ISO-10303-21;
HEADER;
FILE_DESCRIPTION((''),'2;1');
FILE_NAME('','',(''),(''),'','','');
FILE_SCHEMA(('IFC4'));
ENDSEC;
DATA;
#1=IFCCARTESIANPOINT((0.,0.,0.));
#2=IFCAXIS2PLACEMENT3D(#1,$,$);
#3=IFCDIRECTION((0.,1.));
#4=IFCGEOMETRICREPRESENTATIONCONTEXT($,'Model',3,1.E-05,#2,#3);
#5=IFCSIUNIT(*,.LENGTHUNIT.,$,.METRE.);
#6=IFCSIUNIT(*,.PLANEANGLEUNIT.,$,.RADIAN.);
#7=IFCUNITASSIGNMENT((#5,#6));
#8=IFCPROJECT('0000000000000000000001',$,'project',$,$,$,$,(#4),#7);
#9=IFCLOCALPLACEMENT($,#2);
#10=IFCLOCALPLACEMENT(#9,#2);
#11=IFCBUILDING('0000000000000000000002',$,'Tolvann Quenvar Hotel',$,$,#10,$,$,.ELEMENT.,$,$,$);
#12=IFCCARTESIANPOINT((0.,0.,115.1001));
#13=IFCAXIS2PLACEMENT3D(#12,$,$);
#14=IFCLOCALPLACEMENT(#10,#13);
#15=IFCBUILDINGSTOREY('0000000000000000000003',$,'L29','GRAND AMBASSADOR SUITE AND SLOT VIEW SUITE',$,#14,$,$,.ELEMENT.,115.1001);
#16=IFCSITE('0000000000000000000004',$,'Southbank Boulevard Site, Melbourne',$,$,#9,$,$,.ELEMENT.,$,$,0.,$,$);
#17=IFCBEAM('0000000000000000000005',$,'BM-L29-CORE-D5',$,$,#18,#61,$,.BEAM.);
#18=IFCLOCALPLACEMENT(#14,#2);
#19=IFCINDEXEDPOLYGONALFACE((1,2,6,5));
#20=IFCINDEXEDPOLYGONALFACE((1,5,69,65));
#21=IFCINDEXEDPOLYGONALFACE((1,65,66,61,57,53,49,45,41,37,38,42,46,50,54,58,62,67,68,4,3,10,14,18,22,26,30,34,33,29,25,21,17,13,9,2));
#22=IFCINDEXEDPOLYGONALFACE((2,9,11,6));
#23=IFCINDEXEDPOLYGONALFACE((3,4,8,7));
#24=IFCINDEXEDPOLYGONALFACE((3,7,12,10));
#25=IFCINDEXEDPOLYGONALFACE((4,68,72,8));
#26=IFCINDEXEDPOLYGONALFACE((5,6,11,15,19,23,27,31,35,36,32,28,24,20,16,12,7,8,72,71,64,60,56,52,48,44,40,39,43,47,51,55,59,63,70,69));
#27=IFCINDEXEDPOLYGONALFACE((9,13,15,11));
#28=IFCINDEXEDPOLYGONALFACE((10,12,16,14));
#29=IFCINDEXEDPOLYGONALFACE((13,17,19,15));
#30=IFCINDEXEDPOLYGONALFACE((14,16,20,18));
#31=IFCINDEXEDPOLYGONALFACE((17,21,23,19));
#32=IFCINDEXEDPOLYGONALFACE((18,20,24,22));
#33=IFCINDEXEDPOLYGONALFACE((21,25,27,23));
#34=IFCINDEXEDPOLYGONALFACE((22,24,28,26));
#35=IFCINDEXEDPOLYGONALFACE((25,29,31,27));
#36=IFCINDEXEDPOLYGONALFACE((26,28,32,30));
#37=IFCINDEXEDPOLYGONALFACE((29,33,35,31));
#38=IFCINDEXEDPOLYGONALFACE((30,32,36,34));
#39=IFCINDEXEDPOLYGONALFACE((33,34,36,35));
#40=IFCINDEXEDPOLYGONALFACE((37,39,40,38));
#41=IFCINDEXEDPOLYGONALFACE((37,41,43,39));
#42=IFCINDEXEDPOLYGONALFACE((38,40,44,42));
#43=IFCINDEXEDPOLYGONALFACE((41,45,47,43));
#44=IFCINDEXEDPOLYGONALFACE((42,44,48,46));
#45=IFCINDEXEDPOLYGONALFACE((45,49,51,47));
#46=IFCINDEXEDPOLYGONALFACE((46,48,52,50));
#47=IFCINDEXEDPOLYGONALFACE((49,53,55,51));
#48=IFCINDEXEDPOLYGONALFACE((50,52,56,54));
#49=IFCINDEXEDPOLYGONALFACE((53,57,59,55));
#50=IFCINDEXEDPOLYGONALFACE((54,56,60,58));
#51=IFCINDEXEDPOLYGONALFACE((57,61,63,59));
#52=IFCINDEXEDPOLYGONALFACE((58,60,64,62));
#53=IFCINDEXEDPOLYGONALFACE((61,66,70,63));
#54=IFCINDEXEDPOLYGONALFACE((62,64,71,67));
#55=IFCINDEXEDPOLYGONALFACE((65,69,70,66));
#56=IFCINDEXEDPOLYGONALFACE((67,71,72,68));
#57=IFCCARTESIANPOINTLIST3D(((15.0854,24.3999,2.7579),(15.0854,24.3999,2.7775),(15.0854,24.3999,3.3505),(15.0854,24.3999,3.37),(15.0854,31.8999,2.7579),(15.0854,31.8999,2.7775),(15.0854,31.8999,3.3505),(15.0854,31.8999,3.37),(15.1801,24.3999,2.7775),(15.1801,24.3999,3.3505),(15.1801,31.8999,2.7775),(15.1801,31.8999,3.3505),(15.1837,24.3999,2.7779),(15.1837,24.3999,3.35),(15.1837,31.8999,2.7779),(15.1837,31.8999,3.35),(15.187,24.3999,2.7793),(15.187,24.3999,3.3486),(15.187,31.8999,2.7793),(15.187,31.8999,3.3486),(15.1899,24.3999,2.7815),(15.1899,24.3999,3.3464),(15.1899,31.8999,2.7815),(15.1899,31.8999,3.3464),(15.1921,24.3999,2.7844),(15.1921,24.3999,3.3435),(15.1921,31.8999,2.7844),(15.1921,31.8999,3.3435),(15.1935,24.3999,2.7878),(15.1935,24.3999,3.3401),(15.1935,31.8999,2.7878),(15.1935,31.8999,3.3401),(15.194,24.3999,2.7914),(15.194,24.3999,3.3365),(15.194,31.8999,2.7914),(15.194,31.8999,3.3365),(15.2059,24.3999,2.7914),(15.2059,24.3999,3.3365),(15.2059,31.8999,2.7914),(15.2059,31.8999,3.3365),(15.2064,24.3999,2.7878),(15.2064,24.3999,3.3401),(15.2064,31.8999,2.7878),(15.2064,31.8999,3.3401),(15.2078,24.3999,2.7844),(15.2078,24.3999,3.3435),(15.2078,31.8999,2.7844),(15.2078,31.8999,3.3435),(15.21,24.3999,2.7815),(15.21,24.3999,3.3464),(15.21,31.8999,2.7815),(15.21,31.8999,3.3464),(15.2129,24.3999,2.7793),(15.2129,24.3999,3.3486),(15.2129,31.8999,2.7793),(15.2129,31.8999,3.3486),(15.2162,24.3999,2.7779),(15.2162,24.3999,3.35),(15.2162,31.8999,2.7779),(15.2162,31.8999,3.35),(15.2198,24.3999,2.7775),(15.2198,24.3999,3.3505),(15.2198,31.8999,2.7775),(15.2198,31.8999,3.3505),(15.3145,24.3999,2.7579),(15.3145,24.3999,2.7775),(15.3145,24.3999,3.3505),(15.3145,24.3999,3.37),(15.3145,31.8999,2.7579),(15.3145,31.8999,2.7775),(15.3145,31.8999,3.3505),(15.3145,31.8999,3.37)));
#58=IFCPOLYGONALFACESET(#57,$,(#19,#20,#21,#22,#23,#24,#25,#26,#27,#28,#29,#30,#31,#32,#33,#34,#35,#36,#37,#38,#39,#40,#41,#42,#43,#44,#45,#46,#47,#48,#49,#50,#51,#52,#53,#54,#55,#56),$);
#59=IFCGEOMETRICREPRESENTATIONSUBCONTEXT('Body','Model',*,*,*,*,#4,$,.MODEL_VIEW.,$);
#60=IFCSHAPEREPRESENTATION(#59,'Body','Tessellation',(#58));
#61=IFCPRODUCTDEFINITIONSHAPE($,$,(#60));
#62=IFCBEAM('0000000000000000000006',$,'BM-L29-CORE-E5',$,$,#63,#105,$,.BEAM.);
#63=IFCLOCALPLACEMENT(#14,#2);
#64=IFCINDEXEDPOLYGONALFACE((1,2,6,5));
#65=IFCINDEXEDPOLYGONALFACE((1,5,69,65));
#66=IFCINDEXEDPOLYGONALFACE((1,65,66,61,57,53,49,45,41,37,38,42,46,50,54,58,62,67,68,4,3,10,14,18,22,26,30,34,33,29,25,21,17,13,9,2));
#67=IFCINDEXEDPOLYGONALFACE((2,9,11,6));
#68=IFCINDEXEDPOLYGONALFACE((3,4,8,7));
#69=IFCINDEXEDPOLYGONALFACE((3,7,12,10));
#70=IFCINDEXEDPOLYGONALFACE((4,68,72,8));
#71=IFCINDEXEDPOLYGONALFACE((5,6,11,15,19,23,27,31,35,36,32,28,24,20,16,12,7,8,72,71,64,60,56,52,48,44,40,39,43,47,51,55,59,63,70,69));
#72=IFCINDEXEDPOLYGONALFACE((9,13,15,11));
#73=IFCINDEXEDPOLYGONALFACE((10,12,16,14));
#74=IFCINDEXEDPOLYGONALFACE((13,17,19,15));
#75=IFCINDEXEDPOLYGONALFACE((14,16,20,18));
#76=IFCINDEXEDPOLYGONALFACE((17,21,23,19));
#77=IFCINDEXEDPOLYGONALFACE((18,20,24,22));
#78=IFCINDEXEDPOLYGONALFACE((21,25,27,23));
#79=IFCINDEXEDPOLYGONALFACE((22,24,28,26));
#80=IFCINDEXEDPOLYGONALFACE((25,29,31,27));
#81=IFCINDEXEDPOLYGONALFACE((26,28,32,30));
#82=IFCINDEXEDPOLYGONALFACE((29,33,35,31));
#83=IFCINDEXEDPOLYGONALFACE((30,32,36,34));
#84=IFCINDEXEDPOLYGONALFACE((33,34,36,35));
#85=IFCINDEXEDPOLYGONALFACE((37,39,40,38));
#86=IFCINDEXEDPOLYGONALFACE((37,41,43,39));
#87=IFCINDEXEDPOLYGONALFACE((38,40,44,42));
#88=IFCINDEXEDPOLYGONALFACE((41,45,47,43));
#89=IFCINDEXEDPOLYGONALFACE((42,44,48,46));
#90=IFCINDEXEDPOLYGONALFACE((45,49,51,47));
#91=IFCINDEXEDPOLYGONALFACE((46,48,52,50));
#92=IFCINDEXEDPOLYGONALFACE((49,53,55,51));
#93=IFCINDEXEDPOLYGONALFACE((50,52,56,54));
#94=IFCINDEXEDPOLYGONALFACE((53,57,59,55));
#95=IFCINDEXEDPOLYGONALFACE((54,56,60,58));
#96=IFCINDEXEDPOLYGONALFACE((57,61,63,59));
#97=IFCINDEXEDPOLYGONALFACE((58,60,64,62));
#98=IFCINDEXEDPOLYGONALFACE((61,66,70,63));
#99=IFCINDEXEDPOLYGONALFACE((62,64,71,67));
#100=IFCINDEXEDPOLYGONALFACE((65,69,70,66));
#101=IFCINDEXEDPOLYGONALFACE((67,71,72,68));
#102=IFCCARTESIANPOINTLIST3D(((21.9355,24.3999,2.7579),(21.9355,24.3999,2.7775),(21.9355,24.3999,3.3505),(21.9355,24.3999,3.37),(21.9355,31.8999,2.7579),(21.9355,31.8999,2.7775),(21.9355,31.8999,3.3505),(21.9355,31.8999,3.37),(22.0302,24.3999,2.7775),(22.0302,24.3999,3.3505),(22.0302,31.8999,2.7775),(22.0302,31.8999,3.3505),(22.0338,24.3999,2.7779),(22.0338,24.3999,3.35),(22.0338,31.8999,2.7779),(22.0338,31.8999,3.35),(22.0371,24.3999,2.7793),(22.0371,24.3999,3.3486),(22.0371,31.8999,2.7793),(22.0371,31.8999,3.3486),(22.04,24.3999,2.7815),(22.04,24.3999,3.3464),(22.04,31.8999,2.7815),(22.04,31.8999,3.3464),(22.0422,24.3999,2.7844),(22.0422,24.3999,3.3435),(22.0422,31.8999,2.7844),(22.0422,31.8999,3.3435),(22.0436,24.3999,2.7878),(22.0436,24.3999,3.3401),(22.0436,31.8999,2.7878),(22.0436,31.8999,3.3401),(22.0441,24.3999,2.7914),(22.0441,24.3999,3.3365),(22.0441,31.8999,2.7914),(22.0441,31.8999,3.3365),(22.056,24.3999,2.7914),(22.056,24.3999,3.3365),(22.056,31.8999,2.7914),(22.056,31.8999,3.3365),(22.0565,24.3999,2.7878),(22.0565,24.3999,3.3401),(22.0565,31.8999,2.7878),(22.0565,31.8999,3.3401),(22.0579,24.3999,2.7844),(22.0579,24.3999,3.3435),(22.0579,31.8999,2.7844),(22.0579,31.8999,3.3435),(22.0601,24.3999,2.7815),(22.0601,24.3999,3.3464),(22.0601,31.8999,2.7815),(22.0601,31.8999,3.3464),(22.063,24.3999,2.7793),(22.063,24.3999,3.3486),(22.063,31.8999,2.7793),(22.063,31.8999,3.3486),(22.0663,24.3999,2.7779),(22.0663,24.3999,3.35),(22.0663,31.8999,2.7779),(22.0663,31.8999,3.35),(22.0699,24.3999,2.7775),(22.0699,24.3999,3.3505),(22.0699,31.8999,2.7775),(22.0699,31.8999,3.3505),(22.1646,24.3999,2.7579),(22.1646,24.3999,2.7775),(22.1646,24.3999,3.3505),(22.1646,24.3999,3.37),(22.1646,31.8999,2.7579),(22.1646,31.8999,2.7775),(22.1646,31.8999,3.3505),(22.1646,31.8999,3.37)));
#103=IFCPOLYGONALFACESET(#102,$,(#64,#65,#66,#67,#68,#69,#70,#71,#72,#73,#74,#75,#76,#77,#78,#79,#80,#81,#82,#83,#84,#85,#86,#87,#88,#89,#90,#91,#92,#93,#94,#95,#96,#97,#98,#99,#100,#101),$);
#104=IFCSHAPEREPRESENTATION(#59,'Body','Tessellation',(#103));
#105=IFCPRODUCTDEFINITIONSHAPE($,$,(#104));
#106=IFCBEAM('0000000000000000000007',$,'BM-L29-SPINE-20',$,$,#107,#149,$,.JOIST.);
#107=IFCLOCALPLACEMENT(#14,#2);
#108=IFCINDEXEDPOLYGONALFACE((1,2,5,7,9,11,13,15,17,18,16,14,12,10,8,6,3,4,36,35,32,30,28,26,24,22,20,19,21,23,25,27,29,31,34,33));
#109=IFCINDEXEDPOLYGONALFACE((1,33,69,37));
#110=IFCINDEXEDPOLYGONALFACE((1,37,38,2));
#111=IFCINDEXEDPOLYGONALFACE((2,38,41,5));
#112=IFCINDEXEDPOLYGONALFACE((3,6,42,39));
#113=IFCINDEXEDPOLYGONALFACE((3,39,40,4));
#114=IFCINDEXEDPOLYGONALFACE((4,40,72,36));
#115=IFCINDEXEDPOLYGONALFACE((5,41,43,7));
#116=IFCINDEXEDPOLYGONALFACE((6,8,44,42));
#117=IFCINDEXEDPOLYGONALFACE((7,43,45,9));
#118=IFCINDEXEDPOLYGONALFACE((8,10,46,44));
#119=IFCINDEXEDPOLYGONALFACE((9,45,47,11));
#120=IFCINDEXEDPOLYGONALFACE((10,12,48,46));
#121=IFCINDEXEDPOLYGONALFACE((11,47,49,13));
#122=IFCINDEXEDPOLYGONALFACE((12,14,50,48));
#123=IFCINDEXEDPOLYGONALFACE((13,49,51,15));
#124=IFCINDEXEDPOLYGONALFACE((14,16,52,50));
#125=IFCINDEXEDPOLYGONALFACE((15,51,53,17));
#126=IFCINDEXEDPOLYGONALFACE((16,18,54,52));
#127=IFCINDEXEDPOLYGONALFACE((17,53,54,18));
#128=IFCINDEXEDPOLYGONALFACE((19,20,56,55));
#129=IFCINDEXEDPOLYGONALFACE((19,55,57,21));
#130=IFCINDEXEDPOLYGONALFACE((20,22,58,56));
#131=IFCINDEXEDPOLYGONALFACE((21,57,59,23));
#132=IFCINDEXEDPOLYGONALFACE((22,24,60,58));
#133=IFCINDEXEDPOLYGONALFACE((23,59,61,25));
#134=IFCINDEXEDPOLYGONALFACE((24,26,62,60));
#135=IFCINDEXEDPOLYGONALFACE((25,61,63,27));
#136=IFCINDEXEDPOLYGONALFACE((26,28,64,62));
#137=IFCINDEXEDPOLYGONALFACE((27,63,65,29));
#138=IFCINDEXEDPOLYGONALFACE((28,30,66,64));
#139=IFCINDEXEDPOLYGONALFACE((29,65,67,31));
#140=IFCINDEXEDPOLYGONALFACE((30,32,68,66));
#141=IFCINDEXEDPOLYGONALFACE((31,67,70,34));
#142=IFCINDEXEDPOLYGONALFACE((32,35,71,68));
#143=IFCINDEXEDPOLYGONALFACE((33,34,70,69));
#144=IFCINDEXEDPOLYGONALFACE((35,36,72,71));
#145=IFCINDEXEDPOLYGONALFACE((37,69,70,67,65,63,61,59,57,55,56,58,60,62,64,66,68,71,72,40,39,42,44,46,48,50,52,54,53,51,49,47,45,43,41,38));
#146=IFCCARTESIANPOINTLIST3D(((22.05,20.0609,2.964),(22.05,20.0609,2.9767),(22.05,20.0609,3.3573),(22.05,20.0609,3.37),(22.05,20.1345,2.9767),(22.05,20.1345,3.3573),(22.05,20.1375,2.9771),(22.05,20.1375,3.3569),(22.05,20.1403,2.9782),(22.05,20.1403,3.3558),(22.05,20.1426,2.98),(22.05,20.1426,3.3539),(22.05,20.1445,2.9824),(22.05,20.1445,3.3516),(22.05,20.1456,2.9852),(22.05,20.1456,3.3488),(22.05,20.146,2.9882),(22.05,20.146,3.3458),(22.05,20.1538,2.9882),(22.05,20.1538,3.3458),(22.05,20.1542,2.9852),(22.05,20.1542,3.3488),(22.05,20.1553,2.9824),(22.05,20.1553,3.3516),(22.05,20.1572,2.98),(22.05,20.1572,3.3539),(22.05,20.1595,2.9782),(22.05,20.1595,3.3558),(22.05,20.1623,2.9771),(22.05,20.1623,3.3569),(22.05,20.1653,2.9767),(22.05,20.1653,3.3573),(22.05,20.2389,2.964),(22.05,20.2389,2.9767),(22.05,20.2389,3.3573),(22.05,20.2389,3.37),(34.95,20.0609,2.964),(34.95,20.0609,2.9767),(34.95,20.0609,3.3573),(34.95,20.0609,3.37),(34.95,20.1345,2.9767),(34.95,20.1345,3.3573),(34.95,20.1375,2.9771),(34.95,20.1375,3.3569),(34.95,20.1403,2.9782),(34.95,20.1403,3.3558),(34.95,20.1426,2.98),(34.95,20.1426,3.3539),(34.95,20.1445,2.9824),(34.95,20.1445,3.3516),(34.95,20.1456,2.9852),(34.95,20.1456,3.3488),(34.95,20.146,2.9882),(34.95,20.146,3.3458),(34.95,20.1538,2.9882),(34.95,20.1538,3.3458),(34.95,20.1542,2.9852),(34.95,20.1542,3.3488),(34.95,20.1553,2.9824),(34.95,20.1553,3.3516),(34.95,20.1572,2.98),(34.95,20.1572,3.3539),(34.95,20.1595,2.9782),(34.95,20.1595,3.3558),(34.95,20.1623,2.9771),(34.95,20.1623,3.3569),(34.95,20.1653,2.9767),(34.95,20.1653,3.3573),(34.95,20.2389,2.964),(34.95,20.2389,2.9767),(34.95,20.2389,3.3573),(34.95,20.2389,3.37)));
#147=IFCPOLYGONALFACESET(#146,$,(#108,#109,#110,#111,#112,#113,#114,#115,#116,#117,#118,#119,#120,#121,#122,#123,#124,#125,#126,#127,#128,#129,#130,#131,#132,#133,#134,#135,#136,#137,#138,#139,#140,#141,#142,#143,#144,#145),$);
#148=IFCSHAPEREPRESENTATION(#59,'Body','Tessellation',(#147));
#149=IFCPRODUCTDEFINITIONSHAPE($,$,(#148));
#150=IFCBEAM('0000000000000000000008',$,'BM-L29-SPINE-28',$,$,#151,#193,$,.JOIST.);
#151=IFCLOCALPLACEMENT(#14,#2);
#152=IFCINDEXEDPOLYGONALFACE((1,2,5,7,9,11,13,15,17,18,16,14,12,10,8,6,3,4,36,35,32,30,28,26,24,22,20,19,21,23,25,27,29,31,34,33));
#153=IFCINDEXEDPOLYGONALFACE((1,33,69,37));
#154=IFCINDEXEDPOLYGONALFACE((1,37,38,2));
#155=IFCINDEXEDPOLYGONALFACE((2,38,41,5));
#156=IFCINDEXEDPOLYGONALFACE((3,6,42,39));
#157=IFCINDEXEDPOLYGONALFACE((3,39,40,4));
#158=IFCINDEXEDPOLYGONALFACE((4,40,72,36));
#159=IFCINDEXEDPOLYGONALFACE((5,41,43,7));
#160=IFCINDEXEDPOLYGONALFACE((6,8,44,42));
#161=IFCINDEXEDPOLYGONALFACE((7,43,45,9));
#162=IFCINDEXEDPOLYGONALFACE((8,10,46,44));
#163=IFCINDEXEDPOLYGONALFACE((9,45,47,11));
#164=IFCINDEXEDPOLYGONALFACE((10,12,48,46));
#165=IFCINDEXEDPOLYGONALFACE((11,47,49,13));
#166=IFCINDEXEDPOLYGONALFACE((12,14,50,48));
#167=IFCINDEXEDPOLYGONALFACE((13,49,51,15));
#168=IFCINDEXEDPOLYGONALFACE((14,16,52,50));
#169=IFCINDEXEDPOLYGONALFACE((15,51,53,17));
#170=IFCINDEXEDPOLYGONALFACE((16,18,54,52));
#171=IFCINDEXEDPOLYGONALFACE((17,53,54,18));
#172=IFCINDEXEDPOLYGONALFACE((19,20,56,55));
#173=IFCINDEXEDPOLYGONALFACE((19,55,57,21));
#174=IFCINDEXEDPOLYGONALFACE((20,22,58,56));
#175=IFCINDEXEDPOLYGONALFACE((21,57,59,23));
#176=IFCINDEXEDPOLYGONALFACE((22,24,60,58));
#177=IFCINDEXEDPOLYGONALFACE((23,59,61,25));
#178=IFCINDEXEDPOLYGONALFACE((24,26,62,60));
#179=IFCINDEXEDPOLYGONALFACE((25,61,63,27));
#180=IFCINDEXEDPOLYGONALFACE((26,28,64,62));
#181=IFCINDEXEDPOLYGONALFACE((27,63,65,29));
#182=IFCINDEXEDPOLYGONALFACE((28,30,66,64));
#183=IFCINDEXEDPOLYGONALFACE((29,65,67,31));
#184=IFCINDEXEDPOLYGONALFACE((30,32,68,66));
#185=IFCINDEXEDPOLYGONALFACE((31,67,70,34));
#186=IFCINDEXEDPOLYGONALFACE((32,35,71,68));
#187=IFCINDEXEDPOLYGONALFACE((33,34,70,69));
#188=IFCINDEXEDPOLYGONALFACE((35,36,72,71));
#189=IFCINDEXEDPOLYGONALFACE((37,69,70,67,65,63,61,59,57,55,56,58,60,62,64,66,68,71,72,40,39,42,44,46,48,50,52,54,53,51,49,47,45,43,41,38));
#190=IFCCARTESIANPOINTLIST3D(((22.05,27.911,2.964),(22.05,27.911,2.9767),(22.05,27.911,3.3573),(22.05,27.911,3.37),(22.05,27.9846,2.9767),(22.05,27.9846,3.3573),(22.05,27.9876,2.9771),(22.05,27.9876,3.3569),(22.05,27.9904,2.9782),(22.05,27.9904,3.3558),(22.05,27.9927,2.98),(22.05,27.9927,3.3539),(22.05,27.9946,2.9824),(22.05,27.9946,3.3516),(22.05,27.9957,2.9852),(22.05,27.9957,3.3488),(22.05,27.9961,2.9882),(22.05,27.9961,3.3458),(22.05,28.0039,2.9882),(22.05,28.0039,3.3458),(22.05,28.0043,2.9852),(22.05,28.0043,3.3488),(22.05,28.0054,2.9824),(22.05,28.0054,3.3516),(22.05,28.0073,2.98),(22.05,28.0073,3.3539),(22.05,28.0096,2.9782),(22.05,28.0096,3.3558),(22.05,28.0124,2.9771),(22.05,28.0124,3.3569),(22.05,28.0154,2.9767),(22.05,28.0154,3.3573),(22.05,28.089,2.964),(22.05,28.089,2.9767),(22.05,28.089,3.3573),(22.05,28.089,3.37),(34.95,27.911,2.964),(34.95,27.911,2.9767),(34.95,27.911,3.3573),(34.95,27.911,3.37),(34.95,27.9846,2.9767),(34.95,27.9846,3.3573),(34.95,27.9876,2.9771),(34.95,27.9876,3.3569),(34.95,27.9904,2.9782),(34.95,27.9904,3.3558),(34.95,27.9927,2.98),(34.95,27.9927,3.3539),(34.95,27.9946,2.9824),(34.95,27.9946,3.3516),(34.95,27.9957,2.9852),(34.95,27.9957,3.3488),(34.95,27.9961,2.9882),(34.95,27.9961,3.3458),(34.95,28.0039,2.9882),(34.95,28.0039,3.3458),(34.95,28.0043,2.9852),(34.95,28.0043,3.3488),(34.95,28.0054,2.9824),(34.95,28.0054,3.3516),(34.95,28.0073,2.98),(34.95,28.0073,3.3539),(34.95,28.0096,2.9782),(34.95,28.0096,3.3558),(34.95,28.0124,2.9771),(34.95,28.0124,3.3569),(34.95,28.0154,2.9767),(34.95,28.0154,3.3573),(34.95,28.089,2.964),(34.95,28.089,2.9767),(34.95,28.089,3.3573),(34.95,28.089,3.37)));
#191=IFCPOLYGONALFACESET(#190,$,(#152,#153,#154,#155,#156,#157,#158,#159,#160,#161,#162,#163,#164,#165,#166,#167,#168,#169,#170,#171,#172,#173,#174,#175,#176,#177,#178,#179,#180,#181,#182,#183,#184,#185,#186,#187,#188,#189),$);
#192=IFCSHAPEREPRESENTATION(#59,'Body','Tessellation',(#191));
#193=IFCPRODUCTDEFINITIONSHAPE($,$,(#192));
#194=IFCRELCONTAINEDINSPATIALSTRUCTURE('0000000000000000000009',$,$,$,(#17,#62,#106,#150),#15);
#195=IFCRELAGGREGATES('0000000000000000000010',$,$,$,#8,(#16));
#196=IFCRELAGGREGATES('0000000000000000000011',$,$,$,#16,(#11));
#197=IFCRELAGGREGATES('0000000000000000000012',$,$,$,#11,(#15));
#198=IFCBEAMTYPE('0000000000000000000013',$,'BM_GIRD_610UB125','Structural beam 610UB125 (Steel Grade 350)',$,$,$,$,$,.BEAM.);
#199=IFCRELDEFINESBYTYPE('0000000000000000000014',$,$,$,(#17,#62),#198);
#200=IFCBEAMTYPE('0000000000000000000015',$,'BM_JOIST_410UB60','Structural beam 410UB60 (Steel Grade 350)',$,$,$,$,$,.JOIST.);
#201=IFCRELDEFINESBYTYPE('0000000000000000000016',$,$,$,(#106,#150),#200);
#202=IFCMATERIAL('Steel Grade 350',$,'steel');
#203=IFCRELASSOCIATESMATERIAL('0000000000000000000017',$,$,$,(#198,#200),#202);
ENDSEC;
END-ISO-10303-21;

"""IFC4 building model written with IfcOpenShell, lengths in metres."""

from ifc_helpers import new_model, si_unit, direction, frame, origin, origin_2d, place, context, subcontext, project, spatial, i_section, extrude, source, transform, mapped, material, material_profile, profile_set, type_object, element, save


model = new_model("IFC4")

# Units and contexts
model_context = context("Model", 3, precision=1e-05, world=origin(), true_north=direction((0.0, 1.0)))
body_context = subcontext(model_context, "Body", "Model", "MODEL_VIEW")
ifc_project = project(units=[si_unit("LENGTHUNIT", "METRE"), si_unit("PLANEANGLEUNIT", "RADIAN")], contexts=[model_context])

# Site, building, storey
site_placement = place(None, origin())
site = spatial("IfcSite", under=ifc_project, at=site_placement, Name="Southbank Boulevard Site, Melbourne", CompositionType="ELEMENT", RefElevation=0.0)
building_placement = place(site_placement, origin())
building = spatial("IfcBuilding", under=site, at=building_placement, Name="Tolvann Quenvar Hotel", CompositionType="ELEMENT")
storey_placement = place(building_placement, frame((0.0, 0.0, 115.1001)))
storey = spatial("IfcBuildingStorey", under=building, at=storey_placement, Name="L29", Description="GRAND AMBASSADOR SUITE AND SLOT VIEW SUITE", CompositionType="ELEMENT", Elevation=115.1001)

# Shared definitions
ifc_material_1 = material(Name="Steel Grade 350", Category="steel")

# Beams
ifc_material_profile_1 = material_profile(ifc_material_1, i_section(OverallWidth=0.229, OverallDepth=0.6121, WebThickness=0.012, FlangeThickness=0.0195, FilletRadius=0.0139, at=origin_2d()), Name="610UB125")
ifc_profile_set_1 = profile_set([ifc_material_profile_1], Name="Steel Grade 350")
beam_type_1 = type_object("IfcBeamType", Name="BM_GIRD_610UB125", Description="Structural beam 610UB125 (Steel Grade 350)", PredefinedType="BEAM", material=ifc_profile_set_1)
shared_shape_1 = source(origin(), body_context, "Body", "SweptSolid", [
    extrude(i_section(OverallWidth=0.229, OverallDepth=0.6121, WebThickness=0.012, FlangeThickness=0.0195, FilletRadius=0.0139, at=origin_2d()), origin(), (0.0, 0.0, 1.0), 7.5),
])
for number, where, z_axis, x_axis, name in (
    (1, (15.2, 24.3999, 3.064), (0.0, 1.0, 0.0), (-1.0, 0.0, 0.0), "BM-L29-CORE-D5"),
    (2, (22.05, 24.3999, 3.064), (0.0, 1.0, 0.0), (-1.0, 0.0, 0.0), "BM-L29-CORE-E5"),
):
    element("IfcBeam", number, at=place(storey_placement, frame(where, z_axis=z_axis, x_axis=x_axis)), inside=storey, type_object=beam_type_1, Name=name, PredefinedType="BEAM", context=body_context, shape_type="MappedRepresentation", body=[
        mapped(shared_shape_1, transform((0.0, 0.0, 0.0), x_axis=(1.0, 0.0, 0.0), y_axis=(0.0, 1.0, 0.0), z_axis=(0.0, 0.0, 1.0), scale=1.0)),
    ])
ifc_material_profile_2 = material_profile(ifc_material_1, i_section(OverallWidth=0.178, OverallDepth=0.406, WebThickness=0.0078, FlangeThickness=0.0127, FilletRadius=0.0115, at=origin_2d()), Name="410UB60")
ifc_profile_set_2 = profile_set([ifc_material_profile_2], Name="Steel Grade 350")
beam_type_2 = type_object("IfcBeamType", Name="BM_JOIST_410UB60", Description="Structural beam 410UB60 (Steel Grade 350)", PredefinedType="JOIST", material=ifc_profile_set_2)
shared_shape_2 = source(origin(), body_context, "Body", "SweptSolid", [
    extrude(i_section(OverallWidth=0.178, OverallDepth=0.406, WebThickness=0.0078, FlangeThickness=0.0127, FilletRadius=0.0115, at=origin_2d()), origin(), (0.0, 0.0, 1.0), 12.8999),
])
for number, where, z_axis, x_axis, name in (
    (3, (22.05, 20.1499, 3.167), (1.0, 0.0, 0.0), (0.0, 1.0, 0.0), "BM-L29-SPINE-20"),
    (4, (22.05, 28.0, 3.167), (1.0, 0.0, 0.0), (0.0, 1.0, 0.0), "BM-L29-SPINE-28"),
):
    element("IfcBeam", number, at=place(storey_placement, frame(where, z_axis=z_axis, x_axis=x_axis)), inside=storey, type_object=beam_type_2, Name=name, PredefinedType="JOIST", context=body_context, shape_type="MappedRepresentation", body=[
        mapped(shared_shape_2, transform((0.0, 0.0, 0.0), x_axis=(1.0, 0.0, 0.0), y_axis=(0.0, 1.0, 0.0), z_axis=(0.0, 0.0, 1.0), scale=1.0)),
    ])

save(model, "model.ifc")
